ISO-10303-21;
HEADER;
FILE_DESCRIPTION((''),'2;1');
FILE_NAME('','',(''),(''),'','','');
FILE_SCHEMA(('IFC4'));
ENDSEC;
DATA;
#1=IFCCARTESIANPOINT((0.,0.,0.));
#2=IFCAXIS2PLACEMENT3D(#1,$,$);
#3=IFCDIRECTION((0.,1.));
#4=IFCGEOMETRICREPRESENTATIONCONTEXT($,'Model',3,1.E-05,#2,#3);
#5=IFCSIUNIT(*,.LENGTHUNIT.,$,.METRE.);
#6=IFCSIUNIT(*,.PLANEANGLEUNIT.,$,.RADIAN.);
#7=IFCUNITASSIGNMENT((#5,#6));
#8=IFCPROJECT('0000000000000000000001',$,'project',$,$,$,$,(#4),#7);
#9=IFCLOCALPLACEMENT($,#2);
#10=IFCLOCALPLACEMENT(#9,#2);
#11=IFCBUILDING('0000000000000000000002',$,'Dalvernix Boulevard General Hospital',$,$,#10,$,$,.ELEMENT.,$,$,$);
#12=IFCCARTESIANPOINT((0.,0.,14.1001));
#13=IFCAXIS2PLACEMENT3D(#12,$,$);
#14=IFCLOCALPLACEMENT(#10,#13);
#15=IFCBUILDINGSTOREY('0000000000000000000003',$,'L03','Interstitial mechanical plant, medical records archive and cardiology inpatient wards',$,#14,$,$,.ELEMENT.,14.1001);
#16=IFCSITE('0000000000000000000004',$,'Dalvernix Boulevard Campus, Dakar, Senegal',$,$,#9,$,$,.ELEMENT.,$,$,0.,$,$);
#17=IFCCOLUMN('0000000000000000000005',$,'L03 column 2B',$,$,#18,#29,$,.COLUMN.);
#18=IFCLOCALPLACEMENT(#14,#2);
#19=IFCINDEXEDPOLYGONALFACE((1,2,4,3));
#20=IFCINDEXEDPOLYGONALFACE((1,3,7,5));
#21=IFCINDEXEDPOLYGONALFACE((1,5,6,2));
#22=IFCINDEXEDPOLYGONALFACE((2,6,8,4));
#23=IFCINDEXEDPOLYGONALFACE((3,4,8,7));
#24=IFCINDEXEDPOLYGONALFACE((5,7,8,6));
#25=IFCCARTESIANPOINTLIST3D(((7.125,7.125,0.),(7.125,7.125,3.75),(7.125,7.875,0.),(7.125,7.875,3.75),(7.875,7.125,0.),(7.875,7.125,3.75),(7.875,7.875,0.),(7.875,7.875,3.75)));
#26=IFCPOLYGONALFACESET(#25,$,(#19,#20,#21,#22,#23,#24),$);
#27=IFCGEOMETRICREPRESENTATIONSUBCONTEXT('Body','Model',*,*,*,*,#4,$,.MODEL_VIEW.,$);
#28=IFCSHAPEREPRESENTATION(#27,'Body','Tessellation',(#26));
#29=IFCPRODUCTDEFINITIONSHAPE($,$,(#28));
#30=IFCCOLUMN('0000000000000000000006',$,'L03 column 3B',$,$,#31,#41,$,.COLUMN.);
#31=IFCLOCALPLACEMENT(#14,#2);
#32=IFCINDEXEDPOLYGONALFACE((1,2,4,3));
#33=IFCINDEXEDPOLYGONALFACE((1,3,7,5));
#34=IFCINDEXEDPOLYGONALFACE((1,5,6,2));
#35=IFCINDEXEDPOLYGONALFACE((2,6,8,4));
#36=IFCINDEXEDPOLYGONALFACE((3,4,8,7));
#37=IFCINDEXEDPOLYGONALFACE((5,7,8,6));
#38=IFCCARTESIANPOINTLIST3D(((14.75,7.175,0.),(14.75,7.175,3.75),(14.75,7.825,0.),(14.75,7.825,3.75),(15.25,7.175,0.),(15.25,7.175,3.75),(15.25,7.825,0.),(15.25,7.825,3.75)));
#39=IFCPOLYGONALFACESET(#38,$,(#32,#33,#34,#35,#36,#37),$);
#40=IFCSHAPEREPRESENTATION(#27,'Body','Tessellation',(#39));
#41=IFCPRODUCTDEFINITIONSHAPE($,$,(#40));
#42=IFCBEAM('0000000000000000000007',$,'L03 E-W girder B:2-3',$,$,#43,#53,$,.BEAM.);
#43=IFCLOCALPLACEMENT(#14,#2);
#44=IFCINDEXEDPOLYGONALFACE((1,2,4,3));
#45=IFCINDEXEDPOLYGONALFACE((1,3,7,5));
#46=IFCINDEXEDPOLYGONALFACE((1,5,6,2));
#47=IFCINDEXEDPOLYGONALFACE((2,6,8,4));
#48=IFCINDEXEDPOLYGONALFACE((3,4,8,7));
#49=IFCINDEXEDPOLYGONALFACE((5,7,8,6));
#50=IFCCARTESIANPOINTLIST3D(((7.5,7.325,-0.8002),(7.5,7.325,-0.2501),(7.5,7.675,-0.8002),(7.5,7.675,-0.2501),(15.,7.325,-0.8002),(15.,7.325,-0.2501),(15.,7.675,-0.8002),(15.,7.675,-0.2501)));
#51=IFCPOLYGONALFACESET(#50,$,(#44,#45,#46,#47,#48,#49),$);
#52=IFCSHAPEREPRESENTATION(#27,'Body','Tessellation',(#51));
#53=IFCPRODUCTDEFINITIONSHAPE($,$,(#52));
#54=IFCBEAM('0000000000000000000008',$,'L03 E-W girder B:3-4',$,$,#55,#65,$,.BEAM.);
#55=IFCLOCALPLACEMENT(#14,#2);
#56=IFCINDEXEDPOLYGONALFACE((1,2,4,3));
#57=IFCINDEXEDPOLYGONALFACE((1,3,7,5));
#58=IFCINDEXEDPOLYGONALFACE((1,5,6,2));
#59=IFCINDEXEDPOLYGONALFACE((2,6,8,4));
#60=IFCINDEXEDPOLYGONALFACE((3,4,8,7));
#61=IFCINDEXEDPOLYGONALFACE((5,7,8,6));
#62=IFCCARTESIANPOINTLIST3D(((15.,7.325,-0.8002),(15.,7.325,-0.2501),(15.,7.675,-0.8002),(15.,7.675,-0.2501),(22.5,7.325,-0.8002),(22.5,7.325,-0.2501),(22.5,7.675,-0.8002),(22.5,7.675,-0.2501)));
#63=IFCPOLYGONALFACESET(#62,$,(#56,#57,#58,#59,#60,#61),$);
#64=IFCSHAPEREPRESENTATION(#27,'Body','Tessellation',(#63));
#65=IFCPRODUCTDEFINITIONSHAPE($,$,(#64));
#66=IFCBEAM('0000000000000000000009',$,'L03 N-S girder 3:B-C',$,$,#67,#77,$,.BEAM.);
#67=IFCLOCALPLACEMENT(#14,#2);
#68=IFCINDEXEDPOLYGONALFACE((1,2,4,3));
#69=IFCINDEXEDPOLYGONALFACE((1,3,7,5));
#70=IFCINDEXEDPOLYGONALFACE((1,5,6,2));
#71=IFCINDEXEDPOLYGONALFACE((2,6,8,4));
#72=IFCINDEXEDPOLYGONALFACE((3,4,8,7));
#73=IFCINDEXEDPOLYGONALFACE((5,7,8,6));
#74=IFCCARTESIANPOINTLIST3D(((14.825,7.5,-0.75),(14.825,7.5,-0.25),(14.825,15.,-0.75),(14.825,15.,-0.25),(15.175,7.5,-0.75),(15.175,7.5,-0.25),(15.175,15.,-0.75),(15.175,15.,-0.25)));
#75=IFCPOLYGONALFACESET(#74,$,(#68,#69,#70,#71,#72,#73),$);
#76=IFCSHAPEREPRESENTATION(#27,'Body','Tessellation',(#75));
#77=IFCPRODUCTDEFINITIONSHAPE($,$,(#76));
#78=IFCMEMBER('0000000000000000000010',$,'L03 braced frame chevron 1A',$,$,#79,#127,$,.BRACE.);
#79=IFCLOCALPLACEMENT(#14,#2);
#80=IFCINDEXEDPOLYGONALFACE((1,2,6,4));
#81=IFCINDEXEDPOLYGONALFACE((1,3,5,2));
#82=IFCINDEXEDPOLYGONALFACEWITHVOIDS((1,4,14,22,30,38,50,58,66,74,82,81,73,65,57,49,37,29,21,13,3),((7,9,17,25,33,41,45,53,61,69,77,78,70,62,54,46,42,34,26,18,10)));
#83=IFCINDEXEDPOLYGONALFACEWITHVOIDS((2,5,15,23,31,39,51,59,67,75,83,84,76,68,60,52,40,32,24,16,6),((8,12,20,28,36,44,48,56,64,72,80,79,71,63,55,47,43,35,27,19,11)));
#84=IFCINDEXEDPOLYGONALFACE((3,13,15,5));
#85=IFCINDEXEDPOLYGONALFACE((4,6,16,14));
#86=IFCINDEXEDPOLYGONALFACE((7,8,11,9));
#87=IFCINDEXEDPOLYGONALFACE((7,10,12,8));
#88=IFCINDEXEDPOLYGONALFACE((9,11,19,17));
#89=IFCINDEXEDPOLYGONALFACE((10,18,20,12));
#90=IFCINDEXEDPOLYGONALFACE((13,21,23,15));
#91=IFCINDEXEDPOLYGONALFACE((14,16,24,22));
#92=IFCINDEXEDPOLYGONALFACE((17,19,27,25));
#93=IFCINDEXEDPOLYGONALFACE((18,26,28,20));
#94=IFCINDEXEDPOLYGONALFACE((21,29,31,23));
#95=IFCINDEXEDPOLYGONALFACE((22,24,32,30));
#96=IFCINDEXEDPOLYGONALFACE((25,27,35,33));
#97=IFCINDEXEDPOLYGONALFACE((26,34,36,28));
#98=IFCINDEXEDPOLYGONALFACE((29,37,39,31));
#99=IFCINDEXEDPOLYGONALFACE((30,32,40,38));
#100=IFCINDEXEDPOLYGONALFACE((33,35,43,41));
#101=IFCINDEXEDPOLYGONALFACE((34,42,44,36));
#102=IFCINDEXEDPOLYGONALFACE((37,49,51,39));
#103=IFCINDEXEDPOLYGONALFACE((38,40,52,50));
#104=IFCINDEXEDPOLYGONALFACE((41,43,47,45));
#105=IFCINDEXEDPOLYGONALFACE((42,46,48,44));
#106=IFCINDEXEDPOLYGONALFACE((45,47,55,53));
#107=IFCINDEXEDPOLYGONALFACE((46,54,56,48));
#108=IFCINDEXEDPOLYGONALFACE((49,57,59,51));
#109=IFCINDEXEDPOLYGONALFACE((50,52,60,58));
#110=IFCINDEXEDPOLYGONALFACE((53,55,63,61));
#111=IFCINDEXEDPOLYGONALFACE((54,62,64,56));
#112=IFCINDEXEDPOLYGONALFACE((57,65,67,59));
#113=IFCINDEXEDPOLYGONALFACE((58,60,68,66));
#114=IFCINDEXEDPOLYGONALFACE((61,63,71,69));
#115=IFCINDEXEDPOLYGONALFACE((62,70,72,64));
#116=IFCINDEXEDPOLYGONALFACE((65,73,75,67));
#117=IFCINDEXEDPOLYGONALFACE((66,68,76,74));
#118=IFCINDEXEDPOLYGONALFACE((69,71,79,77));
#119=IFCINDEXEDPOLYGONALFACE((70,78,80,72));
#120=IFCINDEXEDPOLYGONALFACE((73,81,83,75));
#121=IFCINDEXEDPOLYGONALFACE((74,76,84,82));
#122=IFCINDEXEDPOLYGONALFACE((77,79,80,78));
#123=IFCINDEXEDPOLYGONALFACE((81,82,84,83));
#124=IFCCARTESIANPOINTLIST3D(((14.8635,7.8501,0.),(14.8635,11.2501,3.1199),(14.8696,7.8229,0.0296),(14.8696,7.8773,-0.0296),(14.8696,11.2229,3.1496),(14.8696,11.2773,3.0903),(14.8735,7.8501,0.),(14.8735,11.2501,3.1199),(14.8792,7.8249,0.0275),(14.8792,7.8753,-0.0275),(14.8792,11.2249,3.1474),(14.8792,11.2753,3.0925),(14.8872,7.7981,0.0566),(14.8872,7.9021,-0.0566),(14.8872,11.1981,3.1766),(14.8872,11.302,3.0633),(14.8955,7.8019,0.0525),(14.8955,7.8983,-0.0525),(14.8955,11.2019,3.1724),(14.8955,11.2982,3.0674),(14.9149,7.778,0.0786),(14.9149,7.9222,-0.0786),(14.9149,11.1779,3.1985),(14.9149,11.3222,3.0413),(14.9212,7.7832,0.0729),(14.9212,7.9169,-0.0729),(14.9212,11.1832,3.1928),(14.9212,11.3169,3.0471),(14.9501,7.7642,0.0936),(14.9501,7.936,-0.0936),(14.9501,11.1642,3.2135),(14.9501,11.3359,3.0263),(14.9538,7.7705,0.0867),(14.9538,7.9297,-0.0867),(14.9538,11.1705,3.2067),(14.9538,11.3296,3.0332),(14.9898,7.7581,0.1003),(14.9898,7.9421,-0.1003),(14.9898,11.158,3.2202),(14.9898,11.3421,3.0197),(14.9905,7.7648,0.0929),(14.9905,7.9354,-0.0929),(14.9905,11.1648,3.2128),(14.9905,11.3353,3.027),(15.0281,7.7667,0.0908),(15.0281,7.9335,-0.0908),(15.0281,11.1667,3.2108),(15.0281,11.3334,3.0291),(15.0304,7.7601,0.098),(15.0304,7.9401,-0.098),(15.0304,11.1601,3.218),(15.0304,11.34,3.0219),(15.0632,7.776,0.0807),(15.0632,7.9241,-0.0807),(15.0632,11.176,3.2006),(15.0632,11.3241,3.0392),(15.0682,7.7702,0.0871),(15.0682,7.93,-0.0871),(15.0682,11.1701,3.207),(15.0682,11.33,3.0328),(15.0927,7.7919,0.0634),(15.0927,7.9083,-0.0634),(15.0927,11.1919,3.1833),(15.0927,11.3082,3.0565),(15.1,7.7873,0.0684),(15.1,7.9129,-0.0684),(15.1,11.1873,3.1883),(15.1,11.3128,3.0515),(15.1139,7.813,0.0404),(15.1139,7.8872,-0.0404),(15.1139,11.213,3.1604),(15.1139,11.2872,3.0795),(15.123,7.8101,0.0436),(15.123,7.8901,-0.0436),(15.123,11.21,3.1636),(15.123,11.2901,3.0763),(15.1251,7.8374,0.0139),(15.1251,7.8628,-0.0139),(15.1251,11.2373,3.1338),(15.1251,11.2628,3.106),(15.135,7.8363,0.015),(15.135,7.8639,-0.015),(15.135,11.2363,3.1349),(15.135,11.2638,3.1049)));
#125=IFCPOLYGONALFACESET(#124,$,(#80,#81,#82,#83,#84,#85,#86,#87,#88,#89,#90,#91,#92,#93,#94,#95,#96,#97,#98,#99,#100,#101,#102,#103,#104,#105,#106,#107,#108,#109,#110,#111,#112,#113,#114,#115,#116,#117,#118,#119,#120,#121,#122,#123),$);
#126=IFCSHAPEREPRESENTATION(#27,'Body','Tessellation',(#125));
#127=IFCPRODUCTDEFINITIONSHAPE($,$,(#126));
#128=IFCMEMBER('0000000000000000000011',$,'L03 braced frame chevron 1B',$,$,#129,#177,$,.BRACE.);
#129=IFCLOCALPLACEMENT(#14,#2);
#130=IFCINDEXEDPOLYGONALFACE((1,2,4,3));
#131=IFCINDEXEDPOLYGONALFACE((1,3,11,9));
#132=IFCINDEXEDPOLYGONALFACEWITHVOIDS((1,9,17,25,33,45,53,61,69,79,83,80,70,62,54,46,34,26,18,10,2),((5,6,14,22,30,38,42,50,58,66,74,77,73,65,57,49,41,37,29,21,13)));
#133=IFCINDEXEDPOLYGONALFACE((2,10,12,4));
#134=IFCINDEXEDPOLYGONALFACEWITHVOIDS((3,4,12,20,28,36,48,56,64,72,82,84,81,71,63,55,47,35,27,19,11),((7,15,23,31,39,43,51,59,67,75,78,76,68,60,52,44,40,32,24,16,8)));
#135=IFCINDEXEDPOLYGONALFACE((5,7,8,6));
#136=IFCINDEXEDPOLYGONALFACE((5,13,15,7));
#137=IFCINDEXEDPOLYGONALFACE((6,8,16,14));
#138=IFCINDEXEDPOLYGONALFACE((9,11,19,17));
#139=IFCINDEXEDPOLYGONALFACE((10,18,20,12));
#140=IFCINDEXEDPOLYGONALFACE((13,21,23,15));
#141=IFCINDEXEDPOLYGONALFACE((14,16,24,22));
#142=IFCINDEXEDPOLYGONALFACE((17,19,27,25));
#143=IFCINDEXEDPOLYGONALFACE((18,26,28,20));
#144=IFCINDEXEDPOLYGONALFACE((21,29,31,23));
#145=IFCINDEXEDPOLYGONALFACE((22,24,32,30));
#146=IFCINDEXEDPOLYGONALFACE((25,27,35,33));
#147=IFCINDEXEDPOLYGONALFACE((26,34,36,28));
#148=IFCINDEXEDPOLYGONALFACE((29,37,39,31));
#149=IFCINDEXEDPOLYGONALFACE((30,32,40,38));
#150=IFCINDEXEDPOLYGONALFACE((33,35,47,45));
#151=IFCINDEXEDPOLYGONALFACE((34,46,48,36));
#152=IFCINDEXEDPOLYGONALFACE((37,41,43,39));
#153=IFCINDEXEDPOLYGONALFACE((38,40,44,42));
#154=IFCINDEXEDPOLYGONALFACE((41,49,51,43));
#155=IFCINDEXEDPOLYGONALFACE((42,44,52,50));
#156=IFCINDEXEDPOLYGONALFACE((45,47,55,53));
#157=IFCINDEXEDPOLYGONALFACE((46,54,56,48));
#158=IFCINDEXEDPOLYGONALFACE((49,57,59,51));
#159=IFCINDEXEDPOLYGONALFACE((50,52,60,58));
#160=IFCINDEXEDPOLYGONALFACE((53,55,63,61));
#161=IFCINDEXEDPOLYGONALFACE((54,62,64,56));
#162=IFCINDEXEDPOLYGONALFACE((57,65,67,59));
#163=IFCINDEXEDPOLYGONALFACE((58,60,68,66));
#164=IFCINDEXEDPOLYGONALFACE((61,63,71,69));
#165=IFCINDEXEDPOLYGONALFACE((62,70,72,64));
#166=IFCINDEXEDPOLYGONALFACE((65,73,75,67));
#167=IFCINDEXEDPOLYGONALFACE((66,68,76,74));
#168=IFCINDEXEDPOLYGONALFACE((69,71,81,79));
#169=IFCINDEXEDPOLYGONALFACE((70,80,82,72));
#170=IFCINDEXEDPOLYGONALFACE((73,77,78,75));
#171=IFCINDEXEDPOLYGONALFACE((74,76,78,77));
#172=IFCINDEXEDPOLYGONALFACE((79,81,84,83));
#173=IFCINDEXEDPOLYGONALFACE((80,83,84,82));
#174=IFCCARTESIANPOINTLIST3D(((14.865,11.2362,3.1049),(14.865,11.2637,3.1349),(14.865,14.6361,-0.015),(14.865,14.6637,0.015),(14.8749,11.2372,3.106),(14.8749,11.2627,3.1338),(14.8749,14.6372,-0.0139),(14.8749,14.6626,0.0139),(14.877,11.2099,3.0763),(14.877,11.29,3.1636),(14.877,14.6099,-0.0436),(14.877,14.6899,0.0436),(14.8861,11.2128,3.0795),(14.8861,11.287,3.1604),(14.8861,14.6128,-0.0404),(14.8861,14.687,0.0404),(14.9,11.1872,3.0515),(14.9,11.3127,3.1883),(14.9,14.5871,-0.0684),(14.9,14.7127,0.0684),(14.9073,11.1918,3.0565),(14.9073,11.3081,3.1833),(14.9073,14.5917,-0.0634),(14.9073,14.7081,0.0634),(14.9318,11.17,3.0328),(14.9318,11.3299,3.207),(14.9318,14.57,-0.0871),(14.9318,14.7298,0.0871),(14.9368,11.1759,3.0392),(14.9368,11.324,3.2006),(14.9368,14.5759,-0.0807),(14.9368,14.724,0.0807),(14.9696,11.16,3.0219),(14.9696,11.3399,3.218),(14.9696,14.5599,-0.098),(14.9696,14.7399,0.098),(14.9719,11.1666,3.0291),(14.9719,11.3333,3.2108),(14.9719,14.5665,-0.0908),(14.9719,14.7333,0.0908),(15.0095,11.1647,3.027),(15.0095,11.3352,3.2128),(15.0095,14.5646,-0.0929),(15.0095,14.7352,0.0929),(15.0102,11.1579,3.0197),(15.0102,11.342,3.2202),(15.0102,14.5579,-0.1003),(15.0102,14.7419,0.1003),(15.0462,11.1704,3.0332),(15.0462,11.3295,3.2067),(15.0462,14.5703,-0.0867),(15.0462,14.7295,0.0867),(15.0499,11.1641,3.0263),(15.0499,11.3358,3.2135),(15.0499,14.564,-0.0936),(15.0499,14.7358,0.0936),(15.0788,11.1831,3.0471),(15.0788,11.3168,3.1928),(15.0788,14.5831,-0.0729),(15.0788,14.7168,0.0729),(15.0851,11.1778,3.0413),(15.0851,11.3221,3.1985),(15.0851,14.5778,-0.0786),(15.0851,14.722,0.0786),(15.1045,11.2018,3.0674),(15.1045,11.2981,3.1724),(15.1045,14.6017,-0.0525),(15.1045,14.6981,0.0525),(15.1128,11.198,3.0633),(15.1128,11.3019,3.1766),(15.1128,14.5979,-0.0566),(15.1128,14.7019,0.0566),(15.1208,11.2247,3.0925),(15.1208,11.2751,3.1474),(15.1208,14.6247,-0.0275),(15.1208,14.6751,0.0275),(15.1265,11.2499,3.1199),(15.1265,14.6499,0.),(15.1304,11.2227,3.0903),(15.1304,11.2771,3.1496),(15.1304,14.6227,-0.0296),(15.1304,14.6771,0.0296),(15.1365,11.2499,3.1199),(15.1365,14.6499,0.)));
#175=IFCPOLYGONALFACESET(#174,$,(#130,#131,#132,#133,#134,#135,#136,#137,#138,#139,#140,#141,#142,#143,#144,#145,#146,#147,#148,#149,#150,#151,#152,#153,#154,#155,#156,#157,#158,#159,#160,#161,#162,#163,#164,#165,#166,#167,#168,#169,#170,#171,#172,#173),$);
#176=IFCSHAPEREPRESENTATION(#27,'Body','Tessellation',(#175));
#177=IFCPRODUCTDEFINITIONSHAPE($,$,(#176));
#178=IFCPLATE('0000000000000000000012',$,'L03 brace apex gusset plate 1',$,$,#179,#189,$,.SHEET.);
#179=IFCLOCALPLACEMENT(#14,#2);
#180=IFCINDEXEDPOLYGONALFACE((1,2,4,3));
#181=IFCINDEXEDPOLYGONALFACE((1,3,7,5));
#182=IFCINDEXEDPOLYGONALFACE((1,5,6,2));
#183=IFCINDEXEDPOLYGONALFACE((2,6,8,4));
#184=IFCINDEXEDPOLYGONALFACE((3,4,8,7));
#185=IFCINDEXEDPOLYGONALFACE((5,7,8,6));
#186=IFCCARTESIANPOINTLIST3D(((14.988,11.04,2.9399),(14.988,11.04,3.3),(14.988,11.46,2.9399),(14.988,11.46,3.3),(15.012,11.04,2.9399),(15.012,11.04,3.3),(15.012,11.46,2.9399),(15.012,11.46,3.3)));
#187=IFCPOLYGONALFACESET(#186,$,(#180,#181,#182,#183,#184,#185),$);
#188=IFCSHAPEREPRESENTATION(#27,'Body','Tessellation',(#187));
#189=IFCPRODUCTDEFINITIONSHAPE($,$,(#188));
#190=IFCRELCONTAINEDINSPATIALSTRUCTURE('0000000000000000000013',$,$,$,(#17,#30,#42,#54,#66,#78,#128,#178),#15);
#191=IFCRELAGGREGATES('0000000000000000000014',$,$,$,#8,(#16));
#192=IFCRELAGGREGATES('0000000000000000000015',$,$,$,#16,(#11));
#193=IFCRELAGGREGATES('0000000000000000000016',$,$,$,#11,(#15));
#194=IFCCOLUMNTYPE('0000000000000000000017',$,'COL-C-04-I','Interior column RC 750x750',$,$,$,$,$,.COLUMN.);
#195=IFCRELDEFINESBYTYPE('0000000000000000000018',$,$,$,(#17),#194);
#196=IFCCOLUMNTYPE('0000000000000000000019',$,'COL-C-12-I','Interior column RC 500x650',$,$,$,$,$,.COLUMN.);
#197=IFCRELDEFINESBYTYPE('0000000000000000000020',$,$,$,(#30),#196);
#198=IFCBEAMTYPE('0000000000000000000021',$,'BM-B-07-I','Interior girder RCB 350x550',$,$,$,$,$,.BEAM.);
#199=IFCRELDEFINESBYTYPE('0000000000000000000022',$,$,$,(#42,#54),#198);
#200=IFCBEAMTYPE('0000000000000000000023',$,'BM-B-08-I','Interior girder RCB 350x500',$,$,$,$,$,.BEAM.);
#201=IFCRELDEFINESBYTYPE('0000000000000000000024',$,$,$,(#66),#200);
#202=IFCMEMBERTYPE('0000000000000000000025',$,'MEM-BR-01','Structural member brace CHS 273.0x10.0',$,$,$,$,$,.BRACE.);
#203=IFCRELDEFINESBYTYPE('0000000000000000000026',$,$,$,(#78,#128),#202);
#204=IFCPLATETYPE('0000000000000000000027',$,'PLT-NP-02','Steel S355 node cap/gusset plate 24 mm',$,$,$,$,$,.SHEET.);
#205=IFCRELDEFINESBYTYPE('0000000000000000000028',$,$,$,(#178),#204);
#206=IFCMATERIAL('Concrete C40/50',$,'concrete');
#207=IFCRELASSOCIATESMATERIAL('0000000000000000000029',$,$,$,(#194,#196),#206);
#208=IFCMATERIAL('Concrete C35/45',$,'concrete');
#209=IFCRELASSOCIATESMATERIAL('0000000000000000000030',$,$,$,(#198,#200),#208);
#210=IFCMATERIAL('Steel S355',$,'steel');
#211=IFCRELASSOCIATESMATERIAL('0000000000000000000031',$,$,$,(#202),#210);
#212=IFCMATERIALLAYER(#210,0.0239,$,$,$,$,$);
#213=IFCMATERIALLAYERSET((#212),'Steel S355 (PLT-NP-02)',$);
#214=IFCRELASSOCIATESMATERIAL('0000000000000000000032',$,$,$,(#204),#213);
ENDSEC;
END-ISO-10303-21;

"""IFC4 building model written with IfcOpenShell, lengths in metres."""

from ifc_helpers import new_model, si_unit, direction, frame, origin, origin_2d, place, context, subcontext, project, spatial, rectangle, hollow_circle, extrude, material, layer, layer_set, material_profile, profile_set, type_object, element, save


model = new_model("IFC4")

# Units and contexts
model_context = context("Model", 3, precision=1e-05, world=origin(), true_north=direction((0.0, 1.0)))
body_context = subcontext(model_context, "Body", "Model", "MODEL_VIEW")
ifc_project = project(units=[si_unit("LENGTHUNIT", "METRE"), si_unit("PLANEANGLEUNIT", "RADIAN")], contexts=[model_context])

# Site, building, storey
site_placement = place(None, origin())
site = spatial("IfcSite", under=ifc_project, at=site_placement, Name="Dalvernix Boulevard Campus, Dakar, Senegal", CompositionType="ELEMENT", RefElevation=0.0)
building_placement = place(site_placement, origin())
building = spatial("IfcBuilding", under=site, at=building_placement, Name="Dalvernix Boulevard General Hospital", CompositionType="ELEMENT")
storey_placement = place(building_placement, frame((0.0, 0.0, 14.1001)))
storey = spatial("IfcBuildingStorey", under=building, at=storey_placement, Name="L03", Description="Interstitial mechanical plant, medical records archive and cardiology inpatient wards", CompositionType="ELEMENT", Elevation=14.1001)

# Columns
ifc_material_1 = material(Name="Concrete C40/50", Category="concrete")
ifc_material_profile_1 = material_profile(ifc_material_1, rectangle(XDim=0.75, YDim=0.75, at=origin_2d()), Name="RC 750x750")
ifc_profile_set_1 = profile_set([ifc_material_profile_1], Name="Concrete C40/50")
column_type_1 = type_object("IfcColumnType", Name="COL-C-04-I", Description="Interior column RC 750x750", PredefinedType="COLUMN", material=ifc_profile_set_1)
column_1_placement = place(storey_placement, frame((7.5, 7.5, 0.0), z_axis=(0.0, 0.0, 1.0), x_axis=(1.0, 0.0, 0.0)))
element("IfcColumn", 1, at=column_1_placement, inside=storey, type_object=column_type_1, Name="L03 column 2B", PredefinedType="COLUMN", context=body_context, shape_type="SweptSolid", body=[
    extrude(rectangle(XDim=0.75, YDim=0.75, at=origin_2d()), origin(), (0.0, 0.0, 1.0), 3.75),
])
ifc_material_profile_2 = material_profile(ifc_material_1, rectangle(XDim=0.5, YDim=0.6499, at=origin_2d()), Name="RC 500x650")
ifc_profile_set_2 = profile_set([ifc_material_profile_2], Name="Concrete C40/50")
column_type_2 = type_object("IfcColumnType", Name="COL-C-12-I", Description="Interior column RC 500x650", PredefinedType="COLUMN", material=ifc_profile_set_2)
column_2_placement = place(storey_placement, frame((15.0, 7.5, 0.0), z_axis=(0.0, 0.0, 1.0), x_axis=(1.0, 0.0, 0.0)))
element("IfcColumn", 2, at=column_2_placement, inside=storey, type_object=column_type_2, Name="L03 column 3B", PredefinedType="COLUMN", context=body_context, shape_type="SweptSolid", body=[
    extrude(rectangle(XDim=0.5, YDim=0.6499, at=origin_2d()), origin(), (0.0, 0.0, 1.0), 3.75),
])

# Beams
ifc_material_2 = material(Name="Concrete C35/45", Category="concrete")
ifc_material_profile_3 = material_profile(ifc_material_2, rectangle(XDim=0.3501, YDim=0.55, at=origin_2d()), Name="RCB 350x550")
ifc_profile_set_3 = profile_set([ifc_material_profile_3], Name="Concrete C35/45")
beam_type_1 = type_object("IfcBeamType", Name="BM-B-07-I", Description="Interior girder RCB 350x550", PredefinedType="BEAM", material=ifc_profile_set_3)
for number, where, z_axis, x_axis, name in (
    (3, (7.5, 7.5, -0.5251), (1.0, 0.0, 0.0), (0.0, 1.0, 0.0), "L03 E-W girder B:2-3"),
    (4, (15.0, 7.5, -0.5251), (1.0, 0.0, 0.0), (0.0, 1.0, 0.0), "L03 E-W girder B:3-4"),
):
    element("IfcBeam", number, at=place(storey_placement, frame(where, z_axis=z_axis, x_axis=x_axis)), inside=storey, type_object=beam_type_1, Name=name, PredefinedType="BEAM", context=body_context, shape_type="SweptSolid", body=[
        extrude(rectangle(XDim=0.3501, YDim=0.55, at=origin_2d()), origin(), (0.0, 0.0, 1.0), 7.5),
    ])
ifc_material_profile_4 = material_profile(ifc_material_2, rectangle(XDim=0.3501, YDim=0.5, at=origin_2d()), Name="RCB 350x500")
ifc_profile_set_4 = profile_set([ifc_material_profile_4], Name="Concrete C35/45")
beam_type_2 = type_object("IfcBeamType", Name="BM-B-08-I", Description="Interior girder RCB 350x500", PredefinedType="BEAM", material=ifc_profile_set_4)
beam_placement = place(storey_placement, frame((15.0, 7.5, -0.5), z_axis=(0.0, 1.0, 0.0), x_axis=(-1.0, 0.0, 0.0)))
element("IfcBeam", 5, at=beam_placement, inside=storey, type_object=beam_type_2, Name="L03 N-S girder 3:B-C", PredefinedType="BEAM", context=body_context, shape_type="SweptSolid", body=[
    extrude(rectangle(XDim=0.3501, YDim=0.5, at=origin_2d()), origin(), (0.0, 0.0, 1.0), 7.5),
])

# Members
ifc_material_3 = material(Name="Steel S355", Category="steel")
ifc_material_profile_5 = material_profile(ifc_material_3, hollow_circle(Radius=0.1365, WallThickness=0.01, at=origin_2d()), Name="CHS 273.0x10.0")
ifc_profile_set_5 = profile_set([ifc_material_profile_5], Name="Steel S355")
member_type = type_object("IfcMemberType", Name="MEM-BR-01", Description="Structural member brace CHS 273.0x10.0", PredefinedType="BRACE", material=ifc_profile_set_5)
for number, where, z_axis, x_axis, name in (
    (6, (15.0, 7.8501, 0.0), (0.0, 0.736798, 0.676113), (-1.0, 0.0, 0.0), "L03 braced frame chevron 1A"),
    (7, (15.0, 14.6499, 0.0), (0.0, -0.736798, 0.676113), (1.0, 0.0, 0.0), "L03 braced frame chevron 1B"),
):
    element("IfcMember", number, at=place(storey_placement, frame(where, z_axis=z_axis, x_axis=x_axis)), inside=storey, type_object=member_type, Name=name, PredefinedType="BRACE", context=body_context, shape_type="SweptSolid", body=[
        extrude(hollow_circle(Radius=0.1365, WallThickness=0.01, at=origin_2d()), origin(), (0.0, 0.0, 1.0), 4.6145),
    ])

# Plate
ifc_layer_1 = layer(ifc_material_3, 0.0239)
ifc_layer_set_1 = layer_set([ifc_layer_1], Name="Steel S355 (PLT-NP-02)")
plate_type = type_object("IfcPlateType", Name="PLT-NP-02", Description="Steel S355 node cap/gusset plate 24 mm", PredefinedType="SHEET", material=ifc_layer_set_1)
plate_placement = place(storey_placement, frame((15.0, 11.25, 2.9399), z_axis=(0.0, 0.0, 1.0), x_axis=(0.0, 1.0, 0.0)))
element("IfcPlate", 8, at=plate_placement, inside=storey, type_object=plate_type, Name="L03 brace apex gusset plate 1", PredefinedType="SHEET", context=body_context, shape_type="SweptSolid", body=[
    extrude(rectangle(XDim=0.4199, YDim=0.0239, at=origin_2d()), origin(), (0.0, 0.0, 1.0), 0.3601),
])

save(model, "model.ifc")
